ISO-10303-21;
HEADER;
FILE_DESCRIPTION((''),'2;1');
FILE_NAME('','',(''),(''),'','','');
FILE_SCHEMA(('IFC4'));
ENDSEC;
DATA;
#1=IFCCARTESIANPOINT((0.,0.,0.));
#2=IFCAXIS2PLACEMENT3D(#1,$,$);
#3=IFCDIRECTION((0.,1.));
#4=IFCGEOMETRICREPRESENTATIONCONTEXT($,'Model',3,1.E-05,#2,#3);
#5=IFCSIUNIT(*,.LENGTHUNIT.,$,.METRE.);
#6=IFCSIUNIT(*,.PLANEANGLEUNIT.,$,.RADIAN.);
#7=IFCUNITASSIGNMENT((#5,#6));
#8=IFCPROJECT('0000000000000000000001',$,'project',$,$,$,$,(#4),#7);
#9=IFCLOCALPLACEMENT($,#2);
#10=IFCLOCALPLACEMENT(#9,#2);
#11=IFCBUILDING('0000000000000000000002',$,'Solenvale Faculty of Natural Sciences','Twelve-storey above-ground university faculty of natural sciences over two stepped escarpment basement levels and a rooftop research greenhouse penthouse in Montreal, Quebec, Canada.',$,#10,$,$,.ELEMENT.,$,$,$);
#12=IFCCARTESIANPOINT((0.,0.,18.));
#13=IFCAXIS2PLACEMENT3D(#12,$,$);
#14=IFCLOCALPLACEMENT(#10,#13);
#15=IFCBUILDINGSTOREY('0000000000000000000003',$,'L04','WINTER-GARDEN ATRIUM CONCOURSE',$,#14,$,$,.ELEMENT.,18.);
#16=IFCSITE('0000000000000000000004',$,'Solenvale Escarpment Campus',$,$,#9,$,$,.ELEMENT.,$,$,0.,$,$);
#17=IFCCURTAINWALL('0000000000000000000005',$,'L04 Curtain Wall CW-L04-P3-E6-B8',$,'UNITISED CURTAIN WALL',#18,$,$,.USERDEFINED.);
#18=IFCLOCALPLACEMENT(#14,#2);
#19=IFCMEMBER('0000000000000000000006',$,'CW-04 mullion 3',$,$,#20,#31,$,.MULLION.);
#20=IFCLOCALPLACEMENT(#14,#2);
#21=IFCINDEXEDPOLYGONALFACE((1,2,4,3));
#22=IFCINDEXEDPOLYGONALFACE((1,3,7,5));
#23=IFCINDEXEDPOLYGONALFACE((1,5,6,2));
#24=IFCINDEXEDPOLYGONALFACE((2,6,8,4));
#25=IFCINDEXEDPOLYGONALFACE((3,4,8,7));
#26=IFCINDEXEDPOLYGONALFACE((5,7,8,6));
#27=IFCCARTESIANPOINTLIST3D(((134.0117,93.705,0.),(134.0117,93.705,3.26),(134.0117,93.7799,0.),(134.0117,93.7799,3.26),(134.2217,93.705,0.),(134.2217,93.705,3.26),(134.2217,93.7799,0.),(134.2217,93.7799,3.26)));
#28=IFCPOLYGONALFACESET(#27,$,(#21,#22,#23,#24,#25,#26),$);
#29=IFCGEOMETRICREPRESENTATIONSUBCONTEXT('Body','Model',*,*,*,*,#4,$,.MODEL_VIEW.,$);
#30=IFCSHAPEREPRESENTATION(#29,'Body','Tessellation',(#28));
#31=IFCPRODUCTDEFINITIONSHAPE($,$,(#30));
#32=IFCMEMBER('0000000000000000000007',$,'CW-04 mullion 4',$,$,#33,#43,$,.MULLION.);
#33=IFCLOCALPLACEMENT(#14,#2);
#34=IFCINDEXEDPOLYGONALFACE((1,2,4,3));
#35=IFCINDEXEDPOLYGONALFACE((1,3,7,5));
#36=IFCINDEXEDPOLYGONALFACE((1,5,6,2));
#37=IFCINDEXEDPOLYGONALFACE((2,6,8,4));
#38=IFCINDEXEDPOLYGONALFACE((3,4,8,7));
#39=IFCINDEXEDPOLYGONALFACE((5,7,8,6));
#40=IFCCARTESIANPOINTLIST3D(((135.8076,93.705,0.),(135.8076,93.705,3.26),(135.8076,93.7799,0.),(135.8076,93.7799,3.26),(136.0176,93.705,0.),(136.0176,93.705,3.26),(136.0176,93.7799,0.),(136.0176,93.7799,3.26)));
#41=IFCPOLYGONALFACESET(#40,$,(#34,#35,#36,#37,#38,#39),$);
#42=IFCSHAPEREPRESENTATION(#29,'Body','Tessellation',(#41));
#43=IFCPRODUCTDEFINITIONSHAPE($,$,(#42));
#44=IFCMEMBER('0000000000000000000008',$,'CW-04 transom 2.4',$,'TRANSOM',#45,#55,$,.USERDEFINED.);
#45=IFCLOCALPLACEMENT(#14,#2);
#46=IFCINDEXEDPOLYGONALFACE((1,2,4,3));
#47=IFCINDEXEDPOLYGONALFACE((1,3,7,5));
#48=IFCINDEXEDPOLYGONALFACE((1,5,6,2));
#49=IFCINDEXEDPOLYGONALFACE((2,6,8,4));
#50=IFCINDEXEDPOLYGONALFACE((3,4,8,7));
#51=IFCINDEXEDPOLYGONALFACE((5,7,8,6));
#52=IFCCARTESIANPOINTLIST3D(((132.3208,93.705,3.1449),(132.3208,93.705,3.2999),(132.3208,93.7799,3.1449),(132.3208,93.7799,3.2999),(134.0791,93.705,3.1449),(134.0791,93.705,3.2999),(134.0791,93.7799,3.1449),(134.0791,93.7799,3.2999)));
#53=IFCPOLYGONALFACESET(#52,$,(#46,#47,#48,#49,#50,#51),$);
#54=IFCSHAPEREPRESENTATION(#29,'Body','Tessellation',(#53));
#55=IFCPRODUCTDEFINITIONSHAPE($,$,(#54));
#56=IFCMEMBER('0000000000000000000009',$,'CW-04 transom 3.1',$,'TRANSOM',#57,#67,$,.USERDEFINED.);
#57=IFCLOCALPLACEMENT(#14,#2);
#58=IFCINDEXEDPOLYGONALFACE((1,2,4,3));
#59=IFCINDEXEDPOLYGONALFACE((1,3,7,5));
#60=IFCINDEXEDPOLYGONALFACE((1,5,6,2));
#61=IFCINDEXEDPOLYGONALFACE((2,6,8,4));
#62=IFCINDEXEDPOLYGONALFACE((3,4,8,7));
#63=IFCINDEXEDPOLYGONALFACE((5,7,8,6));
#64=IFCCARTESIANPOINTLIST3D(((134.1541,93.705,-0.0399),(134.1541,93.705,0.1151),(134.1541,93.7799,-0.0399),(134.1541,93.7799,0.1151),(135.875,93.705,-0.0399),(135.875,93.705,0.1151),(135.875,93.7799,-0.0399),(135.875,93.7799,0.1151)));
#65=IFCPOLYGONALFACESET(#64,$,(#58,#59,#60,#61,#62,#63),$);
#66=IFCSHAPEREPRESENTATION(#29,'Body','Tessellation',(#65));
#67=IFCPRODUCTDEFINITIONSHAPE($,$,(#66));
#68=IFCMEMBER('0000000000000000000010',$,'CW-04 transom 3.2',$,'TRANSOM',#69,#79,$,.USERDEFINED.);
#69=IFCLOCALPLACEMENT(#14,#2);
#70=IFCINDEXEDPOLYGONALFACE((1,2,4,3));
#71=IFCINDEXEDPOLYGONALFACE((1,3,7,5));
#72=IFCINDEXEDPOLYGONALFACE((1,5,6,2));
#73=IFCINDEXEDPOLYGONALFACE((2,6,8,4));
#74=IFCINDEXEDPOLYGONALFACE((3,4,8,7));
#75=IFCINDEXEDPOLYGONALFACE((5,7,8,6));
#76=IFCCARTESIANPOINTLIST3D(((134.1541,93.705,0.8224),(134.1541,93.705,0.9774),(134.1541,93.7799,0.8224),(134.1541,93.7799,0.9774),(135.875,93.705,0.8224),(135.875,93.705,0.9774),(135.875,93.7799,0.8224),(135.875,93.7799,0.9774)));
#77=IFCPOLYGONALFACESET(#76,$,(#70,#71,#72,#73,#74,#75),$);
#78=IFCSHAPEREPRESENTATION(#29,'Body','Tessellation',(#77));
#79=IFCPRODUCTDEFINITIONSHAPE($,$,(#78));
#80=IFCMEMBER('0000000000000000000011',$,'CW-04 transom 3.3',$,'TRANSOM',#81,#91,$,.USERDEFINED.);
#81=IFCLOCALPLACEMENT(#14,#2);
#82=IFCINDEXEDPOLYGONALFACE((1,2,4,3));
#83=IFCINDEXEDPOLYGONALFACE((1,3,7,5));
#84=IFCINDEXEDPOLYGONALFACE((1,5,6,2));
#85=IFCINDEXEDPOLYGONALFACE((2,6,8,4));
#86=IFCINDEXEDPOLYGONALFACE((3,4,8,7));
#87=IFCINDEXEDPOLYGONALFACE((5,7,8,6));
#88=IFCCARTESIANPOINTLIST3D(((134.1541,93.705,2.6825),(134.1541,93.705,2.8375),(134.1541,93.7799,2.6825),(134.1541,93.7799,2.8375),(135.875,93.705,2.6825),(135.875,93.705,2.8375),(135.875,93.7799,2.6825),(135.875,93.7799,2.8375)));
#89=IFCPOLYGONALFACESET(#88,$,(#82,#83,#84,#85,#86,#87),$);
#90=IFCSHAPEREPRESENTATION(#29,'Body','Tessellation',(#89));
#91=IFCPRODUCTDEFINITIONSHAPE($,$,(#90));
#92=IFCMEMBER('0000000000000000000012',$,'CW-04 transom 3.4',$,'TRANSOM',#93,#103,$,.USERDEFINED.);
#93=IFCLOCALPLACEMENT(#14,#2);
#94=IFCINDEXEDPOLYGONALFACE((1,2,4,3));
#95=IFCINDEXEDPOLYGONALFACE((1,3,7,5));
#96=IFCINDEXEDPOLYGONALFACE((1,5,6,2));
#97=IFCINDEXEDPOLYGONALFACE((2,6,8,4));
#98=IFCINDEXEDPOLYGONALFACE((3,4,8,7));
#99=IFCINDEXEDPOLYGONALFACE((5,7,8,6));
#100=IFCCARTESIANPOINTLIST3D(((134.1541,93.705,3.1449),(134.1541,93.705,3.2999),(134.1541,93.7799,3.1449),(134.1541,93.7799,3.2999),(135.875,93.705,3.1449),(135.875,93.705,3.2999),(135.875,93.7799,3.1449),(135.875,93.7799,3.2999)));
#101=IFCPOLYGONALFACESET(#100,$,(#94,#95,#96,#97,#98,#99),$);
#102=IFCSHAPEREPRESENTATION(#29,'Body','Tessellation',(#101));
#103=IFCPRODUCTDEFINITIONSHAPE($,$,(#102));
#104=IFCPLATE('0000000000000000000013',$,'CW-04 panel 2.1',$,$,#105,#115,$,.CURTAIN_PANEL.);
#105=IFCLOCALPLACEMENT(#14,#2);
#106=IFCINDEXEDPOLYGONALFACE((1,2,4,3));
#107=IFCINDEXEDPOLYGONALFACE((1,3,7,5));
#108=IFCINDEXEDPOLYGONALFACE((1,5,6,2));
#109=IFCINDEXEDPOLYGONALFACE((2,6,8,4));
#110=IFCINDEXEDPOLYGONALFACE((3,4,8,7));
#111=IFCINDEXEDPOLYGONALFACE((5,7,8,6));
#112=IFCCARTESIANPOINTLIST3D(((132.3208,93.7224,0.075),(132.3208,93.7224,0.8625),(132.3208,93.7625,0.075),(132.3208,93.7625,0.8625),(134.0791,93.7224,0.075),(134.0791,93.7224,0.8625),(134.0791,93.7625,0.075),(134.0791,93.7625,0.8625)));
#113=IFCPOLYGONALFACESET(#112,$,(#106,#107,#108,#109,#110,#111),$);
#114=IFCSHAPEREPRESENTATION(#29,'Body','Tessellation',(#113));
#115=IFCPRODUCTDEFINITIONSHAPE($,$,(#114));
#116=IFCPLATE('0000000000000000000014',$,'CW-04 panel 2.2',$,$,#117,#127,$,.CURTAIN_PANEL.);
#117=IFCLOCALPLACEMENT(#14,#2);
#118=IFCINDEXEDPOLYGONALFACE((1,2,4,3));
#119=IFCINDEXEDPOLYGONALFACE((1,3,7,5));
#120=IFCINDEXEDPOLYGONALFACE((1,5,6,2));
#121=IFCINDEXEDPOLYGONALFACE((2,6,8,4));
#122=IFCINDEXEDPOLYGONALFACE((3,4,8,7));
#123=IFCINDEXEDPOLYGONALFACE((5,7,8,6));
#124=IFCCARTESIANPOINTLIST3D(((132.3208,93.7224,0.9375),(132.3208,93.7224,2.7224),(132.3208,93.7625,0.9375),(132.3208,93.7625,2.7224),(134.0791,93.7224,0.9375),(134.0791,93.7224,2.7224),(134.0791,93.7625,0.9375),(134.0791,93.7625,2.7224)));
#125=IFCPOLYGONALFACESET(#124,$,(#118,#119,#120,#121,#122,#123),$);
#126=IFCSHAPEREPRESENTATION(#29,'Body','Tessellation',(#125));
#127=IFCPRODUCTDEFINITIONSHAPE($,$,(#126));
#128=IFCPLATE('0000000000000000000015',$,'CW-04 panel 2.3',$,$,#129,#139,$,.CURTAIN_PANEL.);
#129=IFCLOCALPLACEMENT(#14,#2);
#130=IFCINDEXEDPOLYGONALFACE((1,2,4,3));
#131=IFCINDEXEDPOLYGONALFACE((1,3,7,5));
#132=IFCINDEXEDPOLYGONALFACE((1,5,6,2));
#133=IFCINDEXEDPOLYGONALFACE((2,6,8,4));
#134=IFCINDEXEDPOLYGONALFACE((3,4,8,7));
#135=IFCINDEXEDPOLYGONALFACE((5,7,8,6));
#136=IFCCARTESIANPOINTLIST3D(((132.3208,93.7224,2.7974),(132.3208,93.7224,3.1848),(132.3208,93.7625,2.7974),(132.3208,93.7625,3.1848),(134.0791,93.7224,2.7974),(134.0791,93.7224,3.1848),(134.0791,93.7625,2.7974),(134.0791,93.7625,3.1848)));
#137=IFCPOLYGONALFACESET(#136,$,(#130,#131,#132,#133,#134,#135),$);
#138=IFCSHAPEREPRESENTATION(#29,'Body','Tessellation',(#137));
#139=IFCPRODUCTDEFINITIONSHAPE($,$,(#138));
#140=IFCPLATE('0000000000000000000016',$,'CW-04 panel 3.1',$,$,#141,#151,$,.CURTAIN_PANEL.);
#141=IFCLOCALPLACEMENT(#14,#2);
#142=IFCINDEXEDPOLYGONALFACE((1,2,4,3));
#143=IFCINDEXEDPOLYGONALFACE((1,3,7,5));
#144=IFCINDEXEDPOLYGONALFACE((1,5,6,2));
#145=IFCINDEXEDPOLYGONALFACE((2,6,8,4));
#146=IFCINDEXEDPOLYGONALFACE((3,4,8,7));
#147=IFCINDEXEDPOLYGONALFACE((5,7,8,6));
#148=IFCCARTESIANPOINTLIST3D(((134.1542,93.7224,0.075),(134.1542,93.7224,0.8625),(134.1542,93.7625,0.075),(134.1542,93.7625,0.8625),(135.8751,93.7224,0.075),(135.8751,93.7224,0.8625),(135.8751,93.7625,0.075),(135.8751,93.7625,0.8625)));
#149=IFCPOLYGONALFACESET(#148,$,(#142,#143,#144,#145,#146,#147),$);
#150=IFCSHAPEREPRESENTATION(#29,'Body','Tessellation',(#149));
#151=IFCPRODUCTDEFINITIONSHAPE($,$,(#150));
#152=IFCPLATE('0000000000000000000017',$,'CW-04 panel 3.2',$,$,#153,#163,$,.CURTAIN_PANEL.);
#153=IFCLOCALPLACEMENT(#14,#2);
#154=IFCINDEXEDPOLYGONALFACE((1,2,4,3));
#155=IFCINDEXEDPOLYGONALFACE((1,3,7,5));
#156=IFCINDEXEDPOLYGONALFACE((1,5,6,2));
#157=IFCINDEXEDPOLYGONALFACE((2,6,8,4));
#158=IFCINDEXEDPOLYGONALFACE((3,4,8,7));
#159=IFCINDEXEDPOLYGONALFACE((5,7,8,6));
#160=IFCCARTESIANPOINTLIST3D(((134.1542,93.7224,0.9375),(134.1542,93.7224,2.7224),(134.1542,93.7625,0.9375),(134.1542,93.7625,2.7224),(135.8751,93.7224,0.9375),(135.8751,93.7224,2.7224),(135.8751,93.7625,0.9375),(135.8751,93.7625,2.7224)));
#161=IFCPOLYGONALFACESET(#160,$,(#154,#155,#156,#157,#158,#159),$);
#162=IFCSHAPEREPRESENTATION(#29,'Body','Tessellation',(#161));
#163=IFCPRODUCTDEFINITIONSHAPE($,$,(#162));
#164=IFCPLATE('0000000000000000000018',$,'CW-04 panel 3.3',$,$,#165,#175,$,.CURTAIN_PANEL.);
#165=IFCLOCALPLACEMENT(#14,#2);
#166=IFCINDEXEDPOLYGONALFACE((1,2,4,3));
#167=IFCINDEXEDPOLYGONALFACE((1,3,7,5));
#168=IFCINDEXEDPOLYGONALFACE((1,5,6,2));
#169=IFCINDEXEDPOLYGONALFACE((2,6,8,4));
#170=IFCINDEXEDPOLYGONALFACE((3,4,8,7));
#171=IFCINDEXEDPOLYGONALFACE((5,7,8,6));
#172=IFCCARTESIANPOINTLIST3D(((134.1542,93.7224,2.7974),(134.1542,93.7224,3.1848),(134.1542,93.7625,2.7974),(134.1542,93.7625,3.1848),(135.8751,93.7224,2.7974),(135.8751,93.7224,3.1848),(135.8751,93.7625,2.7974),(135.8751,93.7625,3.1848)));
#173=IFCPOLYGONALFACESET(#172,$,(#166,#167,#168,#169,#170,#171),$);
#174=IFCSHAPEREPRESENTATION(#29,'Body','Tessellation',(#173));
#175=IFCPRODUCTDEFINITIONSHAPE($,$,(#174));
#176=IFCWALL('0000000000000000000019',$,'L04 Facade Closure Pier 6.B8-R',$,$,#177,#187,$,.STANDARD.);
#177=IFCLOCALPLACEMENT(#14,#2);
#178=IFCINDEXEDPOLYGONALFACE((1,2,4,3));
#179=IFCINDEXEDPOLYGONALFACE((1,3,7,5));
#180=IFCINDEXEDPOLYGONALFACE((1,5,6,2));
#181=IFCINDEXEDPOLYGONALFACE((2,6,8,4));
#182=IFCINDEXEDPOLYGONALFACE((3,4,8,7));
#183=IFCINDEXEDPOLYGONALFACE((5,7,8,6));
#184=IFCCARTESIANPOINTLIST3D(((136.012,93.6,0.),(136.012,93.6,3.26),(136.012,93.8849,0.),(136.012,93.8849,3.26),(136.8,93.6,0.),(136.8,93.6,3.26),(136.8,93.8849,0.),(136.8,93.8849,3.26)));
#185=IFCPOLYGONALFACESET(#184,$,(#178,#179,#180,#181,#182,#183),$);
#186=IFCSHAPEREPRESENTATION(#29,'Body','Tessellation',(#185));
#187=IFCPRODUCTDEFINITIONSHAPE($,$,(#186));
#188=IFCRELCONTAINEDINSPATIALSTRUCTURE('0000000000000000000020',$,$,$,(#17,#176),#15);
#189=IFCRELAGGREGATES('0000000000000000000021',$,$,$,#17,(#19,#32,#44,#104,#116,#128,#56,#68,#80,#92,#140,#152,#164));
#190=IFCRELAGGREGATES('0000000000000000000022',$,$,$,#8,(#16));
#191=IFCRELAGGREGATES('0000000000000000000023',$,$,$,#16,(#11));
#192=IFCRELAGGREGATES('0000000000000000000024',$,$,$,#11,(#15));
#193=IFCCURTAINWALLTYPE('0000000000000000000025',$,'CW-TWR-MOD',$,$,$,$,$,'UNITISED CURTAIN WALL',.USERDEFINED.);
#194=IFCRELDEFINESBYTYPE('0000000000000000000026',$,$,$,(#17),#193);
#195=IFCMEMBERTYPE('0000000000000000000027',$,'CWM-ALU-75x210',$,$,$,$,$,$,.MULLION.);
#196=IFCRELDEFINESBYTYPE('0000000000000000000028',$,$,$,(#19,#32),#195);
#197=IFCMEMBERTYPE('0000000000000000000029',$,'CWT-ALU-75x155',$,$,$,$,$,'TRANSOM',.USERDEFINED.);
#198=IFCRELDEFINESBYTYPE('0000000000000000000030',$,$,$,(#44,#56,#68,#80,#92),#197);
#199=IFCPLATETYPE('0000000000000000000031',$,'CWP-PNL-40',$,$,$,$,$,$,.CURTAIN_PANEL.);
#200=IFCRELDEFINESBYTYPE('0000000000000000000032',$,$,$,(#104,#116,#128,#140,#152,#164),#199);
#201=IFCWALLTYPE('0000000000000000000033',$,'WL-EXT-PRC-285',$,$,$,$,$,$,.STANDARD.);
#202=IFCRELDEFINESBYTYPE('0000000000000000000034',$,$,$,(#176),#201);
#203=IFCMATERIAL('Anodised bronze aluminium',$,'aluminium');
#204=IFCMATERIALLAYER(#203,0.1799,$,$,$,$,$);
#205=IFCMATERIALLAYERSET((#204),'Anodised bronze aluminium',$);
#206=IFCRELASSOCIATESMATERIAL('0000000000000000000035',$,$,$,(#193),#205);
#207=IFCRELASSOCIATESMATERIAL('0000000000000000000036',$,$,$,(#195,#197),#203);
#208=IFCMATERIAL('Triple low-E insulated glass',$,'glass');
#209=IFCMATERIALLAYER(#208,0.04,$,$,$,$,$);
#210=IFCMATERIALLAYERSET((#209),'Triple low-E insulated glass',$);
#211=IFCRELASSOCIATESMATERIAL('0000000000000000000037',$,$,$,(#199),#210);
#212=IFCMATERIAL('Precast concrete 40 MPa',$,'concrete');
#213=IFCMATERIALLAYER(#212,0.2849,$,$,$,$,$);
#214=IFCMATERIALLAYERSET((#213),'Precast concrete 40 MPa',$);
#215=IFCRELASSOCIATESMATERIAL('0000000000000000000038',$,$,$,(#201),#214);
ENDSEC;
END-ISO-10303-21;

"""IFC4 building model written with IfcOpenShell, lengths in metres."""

from ifc_helpers import new_model, si_unit, direction, frame, frame_2d, origin, origin_2d, place, context, subcontext, project, spatial, rectangle, extrude, material, layer, layer_set, material_profile, profile_set, type_object, element, aggregate, save


model = new_model("IFC4")

# Units and contexts
model_context = context("Model", 3, precision=1e-05, world=origin(), true_north=direction((0.0, 1.0)))
body_context = subcontext(model_context, "Body", "Model", "MODEL_VIEW")
ifc_project = project(units=[si_unit("LENGTHUNIT", "METRE"), si_unit("PLANEANGLEUNIT", "RADIAN")], contexts=[model_context])

# Site, building, storey
site_placement = place(None, origin())
site = spatial("IfcSite", under=ifc_project, at=site_placement, Name="Solenvale Escarpment Campus", CompositionType="ELEMENT", RefElevation=0.0)
building_placement = place(site_placement, origin())
building = spatial("IfcBuilding", under=site, at=building_placement, Name="Solenvale Faculty of Natural Sciences", Description="Twelve-storey above-ground university faculty of natural sciences over two stepped escarpment basement levels and a rooftop research greenhouse penthouse in Montreal, Quebec, Canada.", CompositionType="ELEMENT")
storey_placement = place(building_placement, frame((0.0, 0.0, 18.0)))
storey = spatial("IfcBuildingStorey", under=building, at=storey_placement, Name="L04", Description="WINTER-GARDEN ATRIUM CONCOURSE", CompositionType="ELEMENT", Elevation=18.0)

# Curtain wall, members, plates
ifc_material_1 = material(Name="Anodised bronze aluminium", Category="aluminium")
ifc_layer_1 = layer(ifc_material_1, 0.1799)
ifc_layer_set_1 = layer_set([ifc_layer_1], Name="Anodised bronze aluminium")
curtain_wall_type = type_object("IfcCurtainWallType", Name="CW-TWR-MOD", ElementType="UNITISED CURTAIN WALL", PredefinedType="USERDEFINED", material=ifc_layer_set_1)
curtain_wall_placement = place(storey_placement, origin())
curtain_wall = element("IfcCurtainWall", 1, at=curtain_wall_placement, inside=storey, type_object=curtain_wall_type, Name="L04 Curtain Wall CW-L04-P3-E6-B8", ObjectType="UNITISED CURTAIN WALL", PredefinedType="USERDEFINED")
ifc_material_profile_1 = material_profile(ifc_material_1, rectangle(XDim=0.075, YDim=0.21, at=origin_2d()), Name="ALU-MUL-75x210")
ifc_profile_set_1 = profile_set([ifc_material_profile_1], Name="Anodised bronze aluminium")
member_type_1 = type_object("IfcMemberType", Name="CWM-ALU-75x210", PredefinedType="MULLION", material=ifc_profile_set_1)
member_1_placement = place(storey_placement, frame((134.1167, 93.7424, 0.0), z_axis=(0.0, 0.0, 1.0), x_axis=(0.0, 1.0, 0.0)))
member_1 = element("IfcMember", 2, at=member_1_placement, type_object=member_type_1, Name="CW-04 mullion 3", PredefinedType="MULLION", context=body_context, shape_type="SweptSolid", body=[
    extrude(rectangle(XDim=0.075, YDim=0.21, at=origin_2d()), origin(), (0.0, 0.0, 1.0), 3.26),
])
member_2_placement = place(storey_placement, frame((135.9126, 93.7424, 0.0), z_axis=(0.0, 0.0, 1.0), x_axis=(0.0, 1.0, 0.0)))
member_2 = element("IfcMember", 3, at=member_2_placement, type_object=member_type_1, Name="CW-04 mullion 4", PredefinedType="MULLION", context=body_context, shape_type="SweptSolid", body=[
    extrude(rectangle(XDim=0.075, YDim=0.21, at=origin_2d()), origin(), (0.0, 0.0, 1.0), 3.26),
])
ifc_material_profile_2 = material_profile(ifc_material_1, rectangle(XDim=0.075, YDim=0.155, at=origin_2d()), Name="ALU-TRN-75x155")
ifc_profile_set_2 = profile_set([ifc_material_profile_2], Name="Anodised bronze aluminium")
member_type_2 = type_object("IfcMemberType", Name="CWT-ALU-75x155", ElementType="TRANSOM", PredefinedType="USERDEFINED", material=ifc_profile_set_2)
member_3_placement = place(storey_placement, frame((132.3208, 93.7424, 3.2224), z_axis=(1.0, 0.0, 0.0), x_axis=(0.0, 1.0, 0.0)))
member_3 = element("IfcMember", 4, at=member_3_placement, type_object=member_type_2, Name="CW-04 transom 2.4", ObjectType="TRANSOM", PredefinedType="USERDEFINED", context=body_context, shape_type="SweptSolid", body=[
    extrude(rectangle(XDim=0.075, YDim=0.155, at=origin_2d()), origin(), (0.0, 0.0, 1.0), 1.7583),
])
member_4_placement = place(storey_placement, frame((134.1541, 93.7424, 0.0376), z_axis=(1.0, 0.0, 0.0), x_axis=(0.0, 1.0, 0.0)))
member_4 = element("IfcMember", 5, at=member_4_placement, type_object=member_type_2, Name="CW-04 transom 3.1", ObjectType="TRANSOM", PredefinedType="USERDEFINED", context=body_context, shape_type="SweptSolid", body=[
    extrude(rectangle(XDim=0.075, YDim=0.155, at=origin_2d()), origin(), (0.0, 0.0, 1.0), 1.7209),
])
member_5_placement = place(storey_placement, frame((134.1541, 93.7424, 0.8999), z_axis=(1.0, 0.0, 0.0), x_axis=(0.0, 1.0, 0.0)))
member_5 = element("IfcMember", 6, at=member_5_placement, type_object=member_type_2, Name="CW-04 transom 3.2", ObjectType="TRANSOM", PredefinedType="USERDEFINED", context=body_context, shape_type="SweptSolid", body=[
    extrude(rectangle(XDim=0.075, YDim=0.155, at=origin_2d()), origin(), (0.0, 0.0, 1.0), 1.7209),
])
member_6_placement = place(storey_placement, frame((134.1541, 93.7424, 2.76), z_axis=(1.0, 0.0, 0.0), x_axis=(0.0, 1.0, 0.0)))
member_6 = element("IfcMember", 7, at=member_6_placement, type_object=member_type_2, Name="CW-04 transom 3.3", ObjectType="TRANSOM", PredefinedType="USERDEFINED", context=body_context, shape_type="SweptSolid", body=[
    extrude(rectangle(XDim=0.075, YDim=0.155, at=origin_2d()), origin(), (0.0, 0.0, 1.0), 1.7209),
])
member_7_placement = place(storey_placement, frame((134.1541, 93.7424, 3.2224), z_axis=(1.0, 0.0, 0.0), x_axis=(0.0, 1.0, 0.0)))
member_7 = element("IfcMember", 8, at=member_7_placement, type_object=member_type_2, Name="CW-04 transom 3.4", ObjectType="TRANSOM", PredefinedType="USERDEFINED", context=body_context, shape_type="SweptSolid", body=[
    extrude(rectangle(XDim=0.075, YDim=0.155, at=origin_2d()), origin(), (0.0, 0.0, 1.0), 1.7209),
])
ifc_material_2 = material(Name="Triple low-E insulated glass", Category="glass")
ifc_layer_2 = layer(ifc_material_2, 0.04)
ifc_layer_set_2 = layer_set([ifc_layer_2], Name="Triple low-E insulated glass")
plate_type = type_object("IfcPlateType", Name="CWP-PNL-40", PredefinedType="CURTAIN_PANEL", material=ifc_layer_set_2)
plate_1_placement = place(storey_placement, frame((133.2, 93.7424, 0.075), z_axis=(0.0, 0.0, 1.0), x_axis=(1.0, 0.0, 0.0)))
plate_1 = element("IfcPlate", 9, at=plate_1_placement, type_object=plate_type, Name="CW-04 panel 2.1", PredefinedType="CURTAIN_PANEL", context=body_context, shape_type="SweptSolid", body=[
    extrude(rectangle(XDim=1.7583, YDim=0.04, at=origin_2d()), origin(), (0.0, 0.0, 1.0), 0.7876),
])
plate_2_placement = place(storey_placement, frame((133.2, 93.7424, 0.9375), z_axis=(0.0, 0.0, 1.0), x_axis=(1.0, 0.0, 0.0)))
plate_2 = element("IfcPlate", 10, at=plate_2_placement, type_object=plate_type, Name="CW-04 panel 2.2", PredefinedType="CURTAIN_PANEL", context=body_context, shape_type="SweptSolid", body=[
    extrude(rectangle(XDim=1.7583, YDim=0.04, at=origin_2d()), origin(), (0.0, 0.0, 1.0), 1.7849),
])
plate_3_placement = place(storey_placement, frame((133.2, 93.7424, 2.7974), z_axis=(0.0, 0.0, 1.0), x_axis=(1.0, 0.0, 0.0)))
plate_3 = element("IfcPlate", 11, at=plate_3_placement, type_object=plate_type, Name="CW-04 panel 2.3", PredefinedType="CURTAIN_PANEL", context=body_context, shape_type="SweptSolid", body=[
    extrude(rectangle(XDim=1.7583, YDim=0.04, at=origin_2d()), origin(), (0.0, 0.0, 1.0), 0.3875),
])
plate_4_placement = place(storey_placement, frame((135.0146, 93.7424, 0.075), z_axis=(0.0, 0.0, 1.0), x_axis=(1.0, 0.0, 0.0)))
plate_4 = element("IfcPlate", 12, at=plate_4_placement, type_object=plate_type, Name="CW-04 panel 3.1", PredefinedType="CURTAIN_PANEL", context=body_context, shape_type="SweptSolid", body=[
    extrude(rectangle(XDim=1.7209, YDim=0.04, at=origin_2d()), origin(), (0.0, 0.0, 1.0), 0.7876),
])
plate_5_placement = place(storey_placement, frame((135.0146, 93.7424, 0.9375), z_axis=(0.0, 0.0, 1.0), x_axis=(1.0, 0.0, 0.0)))
plate_5 = element("IfcPlate", 13, at=plate_5_placement, type_object=plate_type, Name="CW-04 panel 3.2", PredefinedType="CURTAIN_PANEL", context=body_context, shape_type="SweptSolid", body=[
    extrude(rectangle(XDim=1.7209, YDim=0.04, at=origin_2d()), origin(), (0.0, 0.0, 1.0), 1.7849),
])
plate_6_placement = place(storey_placement, frame((135.0146, 93.7424, 2.7974), z_axis=(0.0, 0.0, 1.0), x_axis=(1.0, 0.0, 0.0)))
plate_6 = element("IfcPlate", 14, at=plate_6_placement, type_object=plate_type, Name="CW-04 panel 3.3", PredefinedType="CURTAIN_PANEL", context=body_context, shape_type="SweptSolid", body=[
    extrude(rectangle(XDim=1.7209, YDim=0.04, at=origin_2d()), origin(), (0.0, 0.0, 1.0), 0.3875),
])
aggregate(curtain_wall, [member_1, member_2, member_3, plate_1, plate_2, plate_3, member_4, member_5, member_6, member_7, plate_4, plate_5, plate_6])

# Wall
ifc_material_3 = material(Name="Precast concrete 40 MPa", Category="concrete")
ifc_layer_3 = layer(ifc_material_3, 0.2849)
ifc_layer_set_3 = layer_set([ifc_layer_3], Name="Precast concrete 40 MPa")
wall_type_1 = type_object("IfcWallType", Name="WL-EXT-PRC-285", PredefinedType="STANDARD", material=ifc_layer_set_3)
wall_1_placement = place(storey_placement, frame((136.012, 93.7424, 0.0), z_axis=(0.0, 0.0, 1.0), x_axis=(1.0, 0.0, 0.0)))
element("IfcWall", 15, at=wall_1_placement, inside=storey, type_object=wall_type_1, Name="L04 Facade Closure Pier 6.B8-R", PredefinedType="STANDARD", context=body_context, shape_type="SweptSolid", body=[
    extrude(rectangle(XDim=0.7881, YDim=0.2849, at=frame_2d((0.394, 0.0))), origin(), (0.0, 0.0, 1.0), 3.26),
])

save(model, "model.ifc")
